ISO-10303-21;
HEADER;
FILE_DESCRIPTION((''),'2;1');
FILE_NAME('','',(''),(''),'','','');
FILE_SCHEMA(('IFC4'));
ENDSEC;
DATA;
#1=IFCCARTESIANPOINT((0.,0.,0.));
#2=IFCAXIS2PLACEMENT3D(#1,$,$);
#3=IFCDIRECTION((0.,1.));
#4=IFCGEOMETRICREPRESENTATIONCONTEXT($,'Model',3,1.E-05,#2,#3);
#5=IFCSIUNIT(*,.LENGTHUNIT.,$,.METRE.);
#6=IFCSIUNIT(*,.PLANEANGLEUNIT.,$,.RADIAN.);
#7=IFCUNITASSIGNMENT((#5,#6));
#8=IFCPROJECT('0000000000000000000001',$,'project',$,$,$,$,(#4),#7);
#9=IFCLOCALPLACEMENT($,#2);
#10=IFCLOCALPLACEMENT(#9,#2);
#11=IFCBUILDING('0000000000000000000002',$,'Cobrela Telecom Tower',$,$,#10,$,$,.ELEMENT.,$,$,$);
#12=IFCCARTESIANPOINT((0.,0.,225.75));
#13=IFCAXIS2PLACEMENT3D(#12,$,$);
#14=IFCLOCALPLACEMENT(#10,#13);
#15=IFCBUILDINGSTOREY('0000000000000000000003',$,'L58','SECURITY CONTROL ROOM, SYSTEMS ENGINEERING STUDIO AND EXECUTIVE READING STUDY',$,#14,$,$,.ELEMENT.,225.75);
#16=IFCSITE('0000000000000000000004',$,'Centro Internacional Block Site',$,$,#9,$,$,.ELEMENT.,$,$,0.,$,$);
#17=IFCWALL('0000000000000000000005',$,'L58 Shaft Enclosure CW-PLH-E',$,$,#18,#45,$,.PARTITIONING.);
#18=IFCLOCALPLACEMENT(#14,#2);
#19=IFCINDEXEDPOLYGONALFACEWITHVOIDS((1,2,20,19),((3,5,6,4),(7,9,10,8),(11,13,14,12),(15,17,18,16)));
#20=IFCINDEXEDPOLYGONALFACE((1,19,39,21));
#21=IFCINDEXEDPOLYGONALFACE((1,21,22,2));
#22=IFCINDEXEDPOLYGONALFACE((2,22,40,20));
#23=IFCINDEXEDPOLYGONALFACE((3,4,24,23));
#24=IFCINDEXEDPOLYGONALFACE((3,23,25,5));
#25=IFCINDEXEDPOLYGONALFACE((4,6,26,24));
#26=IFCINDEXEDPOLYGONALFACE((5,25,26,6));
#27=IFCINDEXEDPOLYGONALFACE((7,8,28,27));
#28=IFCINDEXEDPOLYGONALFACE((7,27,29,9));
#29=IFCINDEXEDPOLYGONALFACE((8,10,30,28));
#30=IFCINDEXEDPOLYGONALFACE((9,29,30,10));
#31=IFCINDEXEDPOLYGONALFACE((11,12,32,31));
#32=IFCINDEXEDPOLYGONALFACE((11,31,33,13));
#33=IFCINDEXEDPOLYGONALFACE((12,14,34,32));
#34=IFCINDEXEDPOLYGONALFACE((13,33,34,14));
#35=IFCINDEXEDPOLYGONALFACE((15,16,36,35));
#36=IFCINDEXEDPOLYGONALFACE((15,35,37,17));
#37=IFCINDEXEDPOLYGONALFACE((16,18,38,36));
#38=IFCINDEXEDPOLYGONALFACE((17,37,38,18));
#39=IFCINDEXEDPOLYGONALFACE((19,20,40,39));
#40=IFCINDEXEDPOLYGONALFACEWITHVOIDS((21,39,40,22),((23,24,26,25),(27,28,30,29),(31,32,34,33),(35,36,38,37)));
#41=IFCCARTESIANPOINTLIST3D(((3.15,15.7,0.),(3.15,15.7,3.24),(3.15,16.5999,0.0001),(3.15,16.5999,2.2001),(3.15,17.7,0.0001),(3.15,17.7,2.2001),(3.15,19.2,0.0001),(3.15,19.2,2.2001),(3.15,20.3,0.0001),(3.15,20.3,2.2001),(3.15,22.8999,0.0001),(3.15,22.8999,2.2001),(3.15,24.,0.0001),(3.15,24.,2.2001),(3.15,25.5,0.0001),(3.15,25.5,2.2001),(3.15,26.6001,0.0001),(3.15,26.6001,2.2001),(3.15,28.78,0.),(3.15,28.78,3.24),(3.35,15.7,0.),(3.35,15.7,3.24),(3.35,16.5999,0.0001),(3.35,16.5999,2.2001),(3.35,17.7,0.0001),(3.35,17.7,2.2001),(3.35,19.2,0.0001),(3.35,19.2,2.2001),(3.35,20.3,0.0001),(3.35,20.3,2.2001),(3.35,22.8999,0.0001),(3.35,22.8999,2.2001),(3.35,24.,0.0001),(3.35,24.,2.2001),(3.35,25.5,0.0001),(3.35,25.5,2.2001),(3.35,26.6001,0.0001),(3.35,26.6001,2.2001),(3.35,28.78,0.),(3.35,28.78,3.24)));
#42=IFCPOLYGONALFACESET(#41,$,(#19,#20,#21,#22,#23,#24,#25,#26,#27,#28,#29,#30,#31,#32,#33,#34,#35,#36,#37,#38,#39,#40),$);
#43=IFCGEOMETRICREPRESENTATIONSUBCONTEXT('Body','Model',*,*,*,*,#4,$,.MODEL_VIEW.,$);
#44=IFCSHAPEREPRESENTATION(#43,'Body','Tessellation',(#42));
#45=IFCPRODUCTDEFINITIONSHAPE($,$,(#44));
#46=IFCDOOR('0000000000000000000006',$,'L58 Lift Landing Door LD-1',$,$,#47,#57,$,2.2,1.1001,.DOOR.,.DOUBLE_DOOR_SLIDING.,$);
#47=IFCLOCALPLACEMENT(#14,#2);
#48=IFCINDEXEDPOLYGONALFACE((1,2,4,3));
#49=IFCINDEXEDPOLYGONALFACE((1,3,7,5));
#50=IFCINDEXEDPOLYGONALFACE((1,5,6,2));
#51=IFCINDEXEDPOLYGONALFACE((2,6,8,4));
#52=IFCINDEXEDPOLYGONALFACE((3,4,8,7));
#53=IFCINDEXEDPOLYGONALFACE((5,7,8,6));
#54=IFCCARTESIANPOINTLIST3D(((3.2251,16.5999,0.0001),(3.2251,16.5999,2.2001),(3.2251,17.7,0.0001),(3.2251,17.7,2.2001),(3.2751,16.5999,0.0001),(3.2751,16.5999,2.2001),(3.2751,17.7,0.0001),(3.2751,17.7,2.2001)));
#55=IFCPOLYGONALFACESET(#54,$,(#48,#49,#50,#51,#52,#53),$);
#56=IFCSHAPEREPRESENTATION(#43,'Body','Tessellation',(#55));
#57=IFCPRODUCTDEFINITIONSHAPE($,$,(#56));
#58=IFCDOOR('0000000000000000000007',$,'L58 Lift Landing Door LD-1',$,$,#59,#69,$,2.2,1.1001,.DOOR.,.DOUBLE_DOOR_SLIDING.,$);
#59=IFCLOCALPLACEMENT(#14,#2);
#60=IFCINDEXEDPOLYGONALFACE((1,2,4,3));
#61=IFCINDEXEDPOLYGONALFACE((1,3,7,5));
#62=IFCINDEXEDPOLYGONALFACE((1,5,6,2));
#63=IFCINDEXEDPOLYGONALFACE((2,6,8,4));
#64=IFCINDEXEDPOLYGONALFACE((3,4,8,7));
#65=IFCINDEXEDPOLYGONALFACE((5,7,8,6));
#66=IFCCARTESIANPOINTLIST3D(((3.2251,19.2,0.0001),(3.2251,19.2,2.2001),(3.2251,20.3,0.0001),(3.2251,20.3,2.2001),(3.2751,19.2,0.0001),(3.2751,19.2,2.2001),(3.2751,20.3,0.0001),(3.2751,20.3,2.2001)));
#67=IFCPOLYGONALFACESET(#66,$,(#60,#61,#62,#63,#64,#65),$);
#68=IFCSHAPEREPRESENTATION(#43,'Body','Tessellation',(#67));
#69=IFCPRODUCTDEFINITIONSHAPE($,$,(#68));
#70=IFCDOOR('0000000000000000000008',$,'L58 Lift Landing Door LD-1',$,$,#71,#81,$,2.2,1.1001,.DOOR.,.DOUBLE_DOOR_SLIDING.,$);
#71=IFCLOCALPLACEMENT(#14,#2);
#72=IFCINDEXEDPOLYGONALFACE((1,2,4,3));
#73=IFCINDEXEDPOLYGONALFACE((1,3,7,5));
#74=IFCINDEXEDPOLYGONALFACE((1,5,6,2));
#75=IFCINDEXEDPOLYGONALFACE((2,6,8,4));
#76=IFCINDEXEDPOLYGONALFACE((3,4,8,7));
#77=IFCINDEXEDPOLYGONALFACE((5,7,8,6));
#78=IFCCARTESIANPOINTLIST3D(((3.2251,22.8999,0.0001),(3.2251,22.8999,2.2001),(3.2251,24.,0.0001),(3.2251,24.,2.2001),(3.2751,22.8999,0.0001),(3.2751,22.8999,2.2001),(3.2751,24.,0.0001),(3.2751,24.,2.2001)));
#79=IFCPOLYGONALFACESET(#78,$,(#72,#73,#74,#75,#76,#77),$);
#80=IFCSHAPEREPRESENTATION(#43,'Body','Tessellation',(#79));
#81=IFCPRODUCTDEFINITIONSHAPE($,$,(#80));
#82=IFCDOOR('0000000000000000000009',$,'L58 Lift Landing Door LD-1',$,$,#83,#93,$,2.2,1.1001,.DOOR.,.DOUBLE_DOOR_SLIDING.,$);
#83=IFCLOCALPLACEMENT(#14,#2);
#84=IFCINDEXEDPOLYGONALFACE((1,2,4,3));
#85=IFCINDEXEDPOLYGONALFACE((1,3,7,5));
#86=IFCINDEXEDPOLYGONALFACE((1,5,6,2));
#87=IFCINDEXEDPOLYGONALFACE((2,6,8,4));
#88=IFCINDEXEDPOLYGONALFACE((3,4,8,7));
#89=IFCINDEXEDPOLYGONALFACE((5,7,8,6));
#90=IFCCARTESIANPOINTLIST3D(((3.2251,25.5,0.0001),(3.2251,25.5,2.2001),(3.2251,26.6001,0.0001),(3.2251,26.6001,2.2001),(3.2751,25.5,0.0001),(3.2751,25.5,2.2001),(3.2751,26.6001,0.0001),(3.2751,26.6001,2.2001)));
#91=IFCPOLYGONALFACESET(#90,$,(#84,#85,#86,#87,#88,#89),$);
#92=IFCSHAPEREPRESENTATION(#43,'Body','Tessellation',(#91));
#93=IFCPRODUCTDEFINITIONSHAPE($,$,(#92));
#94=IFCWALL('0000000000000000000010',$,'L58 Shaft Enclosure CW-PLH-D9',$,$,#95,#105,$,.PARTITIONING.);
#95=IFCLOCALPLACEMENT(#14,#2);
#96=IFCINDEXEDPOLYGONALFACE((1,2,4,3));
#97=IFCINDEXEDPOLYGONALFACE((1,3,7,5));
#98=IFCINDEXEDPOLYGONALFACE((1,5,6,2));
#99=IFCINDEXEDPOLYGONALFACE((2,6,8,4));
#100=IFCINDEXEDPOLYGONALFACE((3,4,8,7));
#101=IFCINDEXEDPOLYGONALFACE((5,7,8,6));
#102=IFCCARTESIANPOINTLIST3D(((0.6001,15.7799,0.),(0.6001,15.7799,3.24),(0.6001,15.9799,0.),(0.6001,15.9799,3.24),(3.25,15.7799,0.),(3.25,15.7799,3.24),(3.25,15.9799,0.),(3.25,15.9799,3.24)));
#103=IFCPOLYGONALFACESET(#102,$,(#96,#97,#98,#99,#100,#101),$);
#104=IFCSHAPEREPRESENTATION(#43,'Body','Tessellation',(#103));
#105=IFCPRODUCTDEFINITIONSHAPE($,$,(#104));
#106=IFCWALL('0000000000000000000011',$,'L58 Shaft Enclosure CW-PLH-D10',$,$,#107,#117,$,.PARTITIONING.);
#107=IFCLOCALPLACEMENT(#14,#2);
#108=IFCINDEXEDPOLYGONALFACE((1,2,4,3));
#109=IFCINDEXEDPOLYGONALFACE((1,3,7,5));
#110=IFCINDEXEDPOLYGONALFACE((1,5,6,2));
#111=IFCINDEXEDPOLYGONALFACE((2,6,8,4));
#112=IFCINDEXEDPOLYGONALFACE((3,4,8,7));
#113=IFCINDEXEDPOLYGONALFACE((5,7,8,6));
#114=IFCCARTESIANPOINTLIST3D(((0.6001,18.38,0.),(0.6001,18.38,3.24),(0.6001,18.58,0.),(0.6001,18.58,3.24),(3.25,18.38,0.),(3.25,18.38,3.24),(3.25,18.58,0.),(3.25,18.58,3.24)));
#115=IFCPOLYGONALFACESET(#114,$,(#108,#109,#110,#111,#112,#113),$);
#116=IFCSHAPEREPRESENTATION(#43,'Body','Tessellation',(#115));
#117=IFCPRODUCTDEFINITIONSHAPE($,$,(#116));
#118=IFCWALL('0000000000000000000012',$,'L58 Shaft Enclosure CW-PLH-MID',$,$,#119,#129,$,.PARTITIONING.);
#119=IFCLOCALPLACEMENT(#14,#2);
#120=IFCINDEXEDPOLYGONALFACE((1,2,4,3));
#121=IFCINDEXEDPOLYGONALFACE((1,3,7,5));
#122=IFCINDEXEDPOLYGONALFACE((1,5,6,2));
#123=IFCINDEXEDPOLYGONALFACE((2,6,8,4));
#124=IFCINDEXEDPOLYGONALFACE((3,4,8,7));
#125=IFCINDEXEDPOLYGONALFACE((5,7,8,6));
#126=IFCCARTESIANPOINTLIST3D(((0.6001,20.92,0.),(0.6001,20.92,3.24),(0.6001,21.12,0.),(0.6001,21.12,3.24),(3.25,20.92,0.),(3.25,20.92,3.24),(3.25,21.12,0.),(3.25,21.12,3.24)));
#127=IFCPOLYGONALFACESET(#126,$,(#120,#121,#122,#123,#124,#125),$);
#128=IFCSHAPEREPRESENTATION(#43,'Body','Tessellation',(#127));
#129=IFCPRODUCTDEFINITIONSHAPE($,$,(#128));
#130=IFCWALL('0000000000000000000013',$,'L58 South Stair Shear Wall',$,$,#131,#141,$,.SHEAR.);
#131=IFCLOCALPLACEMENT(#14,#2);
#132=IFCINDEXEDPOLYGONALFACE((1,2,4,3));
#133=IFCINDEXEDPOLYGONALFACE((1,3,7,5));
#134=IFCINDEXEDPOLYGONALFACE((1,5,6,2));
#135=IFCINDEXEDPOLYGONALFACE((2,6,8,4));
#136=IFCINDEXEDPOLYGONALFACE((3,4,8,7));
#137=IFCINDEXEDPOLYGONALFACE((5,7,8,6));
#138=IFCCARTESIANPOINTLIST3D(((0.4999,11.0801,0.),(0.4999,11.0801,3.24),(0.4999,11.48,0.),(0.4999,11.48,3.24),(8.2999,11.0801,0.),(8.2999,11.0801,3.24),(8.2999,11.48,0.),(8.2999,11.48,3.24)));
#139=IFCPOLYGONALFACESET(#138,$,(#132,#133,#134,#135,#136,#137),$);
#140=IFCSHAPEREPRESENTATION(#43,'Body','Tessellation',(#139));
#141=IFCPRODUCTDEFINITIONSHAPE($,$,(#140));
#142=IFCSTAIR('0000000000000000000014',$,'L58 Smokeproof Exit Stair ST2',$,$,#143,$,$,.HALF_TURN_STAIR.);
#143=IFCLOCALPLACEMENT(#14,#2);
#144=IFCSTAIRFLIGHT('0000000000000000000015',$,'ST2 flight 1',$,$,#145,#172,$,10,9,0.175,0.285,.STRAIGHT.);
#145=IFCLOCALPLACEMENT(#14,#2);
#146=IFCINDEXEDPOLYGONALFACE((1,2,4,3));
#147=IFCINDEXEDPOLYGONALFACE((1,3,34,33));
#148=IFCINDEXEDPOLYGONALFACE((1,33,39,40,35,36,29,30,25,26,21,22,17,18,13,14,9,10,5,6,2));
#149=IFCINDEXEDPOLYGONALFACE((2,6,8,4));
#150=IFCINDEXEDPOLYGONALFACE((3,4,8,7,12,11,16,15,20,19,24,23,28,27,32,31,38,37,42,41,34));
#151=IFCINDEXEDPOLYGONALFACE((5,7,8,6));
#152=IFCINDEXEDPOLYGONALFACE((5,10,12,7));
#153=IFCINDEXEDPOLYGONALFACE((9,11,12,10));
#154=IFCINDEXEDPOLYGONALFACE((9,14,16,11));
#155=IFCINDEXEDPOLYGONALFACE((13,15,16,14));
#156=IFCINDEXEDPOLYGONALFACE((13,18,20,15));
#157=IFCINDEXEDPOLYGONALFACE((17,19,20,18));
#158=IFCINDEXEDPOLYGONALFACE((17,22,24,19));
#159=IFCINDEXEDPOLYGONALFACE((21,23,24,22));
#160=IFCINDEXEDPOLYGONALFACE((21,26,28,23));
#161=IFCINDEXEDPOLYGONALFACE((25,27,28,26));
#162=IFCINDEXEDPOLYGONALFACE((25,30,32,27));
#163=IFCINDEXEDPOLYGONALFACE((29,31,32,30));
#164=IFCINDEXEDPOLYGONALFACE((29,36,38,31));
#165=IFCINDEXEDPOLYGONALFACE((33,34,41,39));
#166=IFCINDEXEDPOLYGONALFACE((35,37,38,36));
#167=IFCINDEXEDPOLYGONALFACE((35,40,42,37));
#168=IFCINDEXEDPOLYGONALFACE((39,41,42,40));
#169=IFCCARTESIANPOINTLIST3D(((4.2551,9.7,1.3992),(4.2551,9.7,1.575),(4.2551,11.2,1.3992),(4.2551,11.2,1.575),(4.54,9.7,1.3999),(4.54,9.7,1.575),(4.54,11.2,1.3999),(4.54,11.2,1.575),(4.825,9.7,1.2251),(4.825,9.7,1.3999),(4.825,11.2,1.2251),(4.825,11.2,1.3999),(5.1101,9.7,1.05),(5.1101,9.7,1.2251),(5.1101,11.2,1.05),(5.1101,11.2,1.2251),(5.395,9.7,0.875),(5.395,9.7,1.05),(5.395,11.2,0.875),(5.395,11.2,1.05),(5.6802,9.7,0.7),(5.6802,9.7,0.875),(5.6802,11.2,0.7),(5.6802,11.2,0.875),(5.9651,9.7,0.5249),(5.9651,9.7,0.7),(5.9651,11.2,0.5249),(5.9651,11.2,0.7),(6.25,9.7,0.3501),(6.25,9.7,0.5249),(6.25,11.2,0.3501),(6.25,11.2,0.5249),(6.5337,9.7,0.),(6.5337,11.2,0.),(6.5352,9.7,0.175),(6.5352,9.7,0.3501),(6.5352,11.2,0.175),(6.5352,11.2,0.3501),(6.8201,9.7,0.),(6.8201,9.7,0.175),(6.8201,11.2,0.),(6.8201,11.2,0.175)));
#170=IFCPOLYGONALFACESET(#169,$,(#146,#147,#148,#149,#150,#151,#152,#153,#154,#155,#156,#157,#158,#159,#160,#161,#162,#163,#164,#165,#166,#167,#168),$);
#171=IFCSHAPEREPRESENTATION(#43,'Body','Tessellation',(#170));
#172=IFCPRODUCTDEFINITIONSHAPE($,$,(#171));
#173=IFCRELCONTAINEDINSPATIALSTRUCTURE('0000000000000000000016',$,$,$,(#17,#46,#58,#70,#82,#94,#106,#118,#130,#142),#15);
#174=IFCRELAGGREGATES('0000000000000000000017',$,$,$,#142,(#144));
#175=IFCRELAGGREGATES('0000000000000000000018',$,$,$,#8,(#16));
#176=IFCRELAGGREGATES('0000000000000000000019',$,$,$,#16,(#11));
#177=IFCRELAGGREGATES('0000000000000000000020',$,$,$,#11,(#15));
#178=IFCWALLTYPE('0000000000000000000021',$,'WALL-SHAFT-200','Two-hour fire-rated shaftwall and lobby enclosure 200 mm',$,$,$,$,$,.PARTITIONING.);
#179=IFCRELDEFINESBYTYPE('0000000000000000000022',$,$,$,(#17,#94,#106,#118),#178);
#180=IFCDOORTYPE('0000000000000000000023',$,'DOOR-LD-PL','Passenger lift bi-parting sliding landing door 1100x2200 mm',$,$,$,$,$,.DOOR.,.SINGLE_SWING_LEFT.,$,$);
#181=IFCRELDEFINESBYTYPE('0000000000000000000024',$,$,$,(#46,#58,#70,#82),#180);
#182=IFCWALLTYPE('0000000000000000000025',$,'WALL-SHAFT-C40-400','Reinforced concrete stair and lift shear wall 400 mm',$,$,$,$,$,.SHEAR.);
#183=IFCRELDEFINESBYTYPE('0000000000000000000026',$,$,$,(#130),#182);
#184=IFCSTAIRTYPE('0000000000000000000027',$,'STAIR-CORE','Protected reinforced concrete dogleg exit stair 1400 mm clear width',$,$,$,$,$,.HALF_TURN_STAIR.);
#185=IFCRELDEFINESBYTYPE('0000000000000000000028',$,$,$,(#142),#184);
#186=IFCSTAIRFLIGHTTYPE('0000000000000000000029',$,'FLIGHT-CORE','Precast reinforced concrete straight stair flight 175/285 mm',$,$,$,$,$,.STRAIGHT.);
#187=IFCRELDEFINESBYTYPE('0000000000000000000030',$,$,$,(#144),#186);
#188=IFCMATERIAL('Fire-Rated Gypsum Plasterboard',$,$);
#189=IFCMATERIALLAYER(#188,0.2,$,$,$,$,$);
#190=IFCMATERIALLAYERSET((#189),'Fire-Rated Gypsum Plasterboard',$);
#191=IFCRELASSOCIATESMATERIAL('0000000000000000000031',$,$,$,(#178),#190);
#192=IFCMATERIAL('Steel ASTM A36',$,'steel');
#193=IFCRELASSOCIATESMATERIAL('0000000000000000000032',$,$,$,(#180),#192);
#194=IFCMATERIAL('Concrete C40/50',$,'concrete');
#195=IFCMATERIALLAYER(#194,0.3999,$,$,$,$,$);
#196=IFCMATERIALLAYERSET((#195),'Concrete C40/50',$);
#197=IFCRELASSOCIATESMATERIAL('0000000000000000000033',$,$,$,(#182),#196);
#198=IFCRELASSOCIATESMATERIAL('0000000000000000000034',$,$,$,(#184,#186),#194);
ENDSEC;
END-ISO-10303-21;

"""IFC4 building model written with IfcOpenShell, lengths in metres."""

from ifc_helpers import new_model, si_unit, direction, frame, frame_2d, origin, place, context, subcontext, project, spatial, polyline, rectangle, outline, extrude, material, layer, layer_set, type_object, element, fill, aggregate, save


model = new_model("IFC4")

# Units and contexts
model_context = context("Model", 3, precision=1e-05, world=origin(), true_north=direction((0.0, 1.0)))
body_context = subcontext(model_context, "Body", "Model", "MODEL_VIEW")
ifc_project = project(units=[si_unit("LENGTHUNIT", "METRE"), si_unit("PLANEANGLEUNIT", "RADIAN")], contexts=[model_context])

# Site, building, storey
site_placement = place(None, origin())
site = spatial("IfcSite", under=ifc_project, at=site_placement, Name="Centro Internacional Block Site", CompositionType="ELEMENT", RefElevation=0.0)
building_placement = place(site_placement, origin())
building = spatial("IfcBuilding", under=site, at=building_placement, Name="Cobrela Telecom Tower", CompositionType="ELEMENT")
storey_placement = place(building_placement, frame((0.0, 0.0, 225.75)))
storey = spatial("IfcBuildingStorey", under=building, at=storey_placement, Name="L58", Description="SECURITY CONTROL ROOM, SYSTEMS ENGINEERING STUDIO AND EXECUTIVE READING STUDY", CompositionType="ELEMENT", Elevation=225.75)

# Shared definitions
ifc_material_1 = material(Name="Fire-Rated Gypsum Plasterboard")

# Wall, openings, doors
ifc_layer_1 = layer(ifc_material_1, 0.2)
ifc_layer_set_1 = layer_set([ifc_layer_1], Name="Fire-Rated Gypsum Plasterboard")
wall_type_1 = type_object("IfcWallType", Name="WALL-SHAFT-200", Description="Two-hour fire-rated shaftwall and lobby enclosure 200 mm", PredefinedType="PARTITIONING", material=ifc_layer_set_1)
wall_1_placement = place(storey_placement, frame((3.25, 15.7, 0.0), z_axis=(0.0, 0.0, 1.0), x_axis=(0.0, 1.0, 0.0)))
wall_1 = element("IfcWall", 1, at=wall_1_placement, inside=storey, type_object=wall_type_1, Name="L58 Shaft Enclosure CW-PLH-E", PredefinedType="PARTITIONING", context=body_context, shape_type="SweptSolid", body=[
    extrude(rectangle(XDim=13.0801, YDim=0.2, at=frame_2d((6.54, 0.0))), origin(), (0.0, 0.0, 1.0), 3.24),
])
opening_1_placement = place(wall_1_placement, frame((0.8999, 0.0, 0.0)))
opening_1 = element("IfcOpeningElement", 2, at=opening_1_placement, cuts=wall_1, PredefinedType="OPENING", context=body_context, shape_type="SweptSolid", body=[
    extrude(rectangle(XDim=1.1001, YDim=2.2, at=frame_2d((0.55, 1.1001))), frame((0.0, 0.1118, 0.0), z_axis=(0.0, -1.0, 0.0), x_axis=(1.0, 0.0, 0.0)), (0.0, 0.0, 1.0), 0.2239),
])
opening_2_placement = place(wall_1_placement, frame((3.5, 0.0, 0.0)))
opening_2 = element("IfcOpeningElement", 3, at=opening_2_placement, cuts=wall_1, PredefinedType="OPENING", context=body_context, shape_type="SweptSolid", body=[
    extrude(rectangle(XDim=1.1001, YDim=2.2, at=frame_2d((0.55, 1.1001))), frame((0.0, 0.1118, 0.0), z_axis=(0.0, -1.0, 0.0), x_axis=(1.0, 0.0, 0.0)), (0.0, 0.0, 1.0), 0.2239),
])
opening_3_placement = place(wall_1_placement, frame((7.2, 0.0, 0.0)))
opening_3 = element("IfcOpeningElement", 4, at=opening_3_placement, cuts=wall_1, PredefinedType="OPENING", context=body_context, shape_type="SweptSolid", body=[
    extrude(rectangle(XDim=1.1001, YDim=2.2, at=frame_2d((0.55, 1.1001))), frame((0.0, 0.1118, 0.0), z_axis=(0.0, -1.0, 0.0), x_axis=(1.0, 0.0, 0.0)), (0.0, 0.0, 1.0), 0.2239),
])
opening_4_placement = place(wall_1_placement, frame((9.8, 0.0, 0.0)))
opening_4 = element("IfcOpeningElement", 5, at=opening_4_placement, cuts=wall_1, PredefinedType="OPENING", context=body_context, shape_type="SweptSolid", body=[
    extrude(rectangle(XDim=1.1001, YDim=2.2, at=frame_2d((0.55, 1.1001))), frame((0.0, 0.1118, 0.0), z_axis=(0.0, -1.0, 0.0), x_axis=(1.0, 0.0, 0.0)), (0.0, 0.0, 1.0), 0.2239),
])
ifc_material_2 = material(Name="Steel ASTM A36", Category="steel")
door_type_1 = type_object("IfcDoorType", Name="DOOR-LD-PL", Description="Passenger lift bi-parting sliding landing door 1100x2200 mm", OperationType="SINGLE_SWING_LEFT", PredefinedType="DOOR", material=ifc_material_2)
door_1_placement = place(opening_1_placement, origin())
door_1 = element("IfcDoor", 6, at=door_1_placement, inside=storey, type_object=door_type_1, Name="L58 Lift Landing Door LD-1", OperationType="DOUBLE_DOOR_SLIDING", OverallHeight=2.2, OverallWidth=1.1001, PredefinedType="DOOR", context=body_context, shape_type="SweptSolid", body=[
    extrude(rectangle(XDim=1.1001, YDim=2.2, at=frame_2d((0.55, 1.1001))), frame((0.0, 0.0249, 0.0), z_axis=(0.0, -1.0, 0.0), x_axis=(1.0, 0.0, 0.0)), (0.0, 0.0, 1.0), 0.05),
])
fill(opening_1, door_1)
door_2_placement = place(opening_2_placement, origin())
door_2 = element("IfcDoor", 7, at=door_2_placement, inside=storey, type_object=door_type_1, Name="L58 Lift Landing Door LD-1", OperationType="DOUBLE_DOOR_SLIDING", OverallHeight=2.2, OverallWidth=1.1001, PredefinedType="DOOR", context=body_context, shape_type="SweptSolid", body=[
    extrude(rectangle(XDim=1.1001, YDim=2.2, at=frame_2d((0.55, 1.1001))), frame((0.0, 0.0249, 0.0), z_axis=(0.0, -1.0, 0.0), x_axis=(1.0, 0.0, 0.0)), (0.0, 0.0, 1.0), 0.05),
])
fill(opening_2, door_2)
door_3_placement = place(opening_3_placement, origin())
door_3 = element("IfcDoor", 8, at=door_3_placement, inside=storey, type_object=door_type_1, Name="L58 Lift Landing Door LD-1", OperationType="DOUBLE_DOOR_SLIDING", OverallHeight=2.2, OverallWidth=1.1001, PredefinedType="DOOR", context=body_context, shape_type="SweptSolid", body=[
    extrude(rectangle(XDim=1.1001, YDim=2.2, at=frame_2d((0.55, 1.1001))), frame((0.0, 0.0249, 0.0), z_axis=(0.0, -1.0, 0.0), x_axis=(1.0, 0.0, 0.0)), (0.0, 0.0, 1.0), 0.05),
])
fill(opening_3, door_3)
door_4_placement = place(opening_4_placement, origin())
door_4 = element("IfcDoor", 9, at=door_4_placement, inside=storey, type_object=door_type_1, Name="L58 Lift Landing Door LD-1", OperationType="DOUBLE_DOOR_SLIDING", OverallHeight=2.2, OverallWidth=1.1001, PredefinedType="DOOR", context=body_context, shape_type="SweptSolid", body=[
    extrude(rectangle(XDim=1.1001, YDim=2.2, at=frame_2d((0.55, 1.1001))), frame((0.0, 0.0249, 0.0), z_axis=(0.0, -1.0, 0.0), x_axis=(1.0, 0.0, 0.0)), (0.0, 0.0, 1.0), 0.05),
])
fill(opening_4, door_4)

# Walls
for number, where, z_axis, x_axis, name in (
    (10, (0.6001, 15.8799, 0.0), (0.0, 0.0, 1.0), (1.0, 0.0, 0.0), "L58 Shaft Enclosure CW-PLH-D9"),
    (11, (0.6001, 18.48, 0.0), (0.0, 0.0, 1.0), (1.0, 0.0, 0.0), "L58 Shaft Enclosure CW-PLH-D10"),
    (12, (0.6001, 21.02, 0.0), (0.0, 0.0, 1.0), (1.0, 0.0, 0.0), "L58 Shaft Enclosure CW-PLH-MID"),
):
    element("IfcWall", number, at=place(storey_placement, frame(where, z_axis=z_axis, x_axis=x_axis)), inside=storey, type_object=wall_type_1, Name=name, PredefinedType="PARTITIONING", context=body_context, shape_type="SweptSolid", body=[
        extrude(rectangle(XDim=2.6499, YDim=0.2, at=frame_2d((1.325, 0.0))), origin(), (0.0, 0.0, 1.0), 3.24),
    ])
ifc_material_3 = material(Name="Concrete C40/50", Category="concrete")
ifc_layer_2 = layer(ifc_material_3, 0.3999)
ifc_layer_set_2 = layer_set([ifc_layer_2], Name="Concrete C40/50")
wall_type_2 = type_object("IfcWallType", Name="WALL-SHAFT-C40-400", Description="Reinforced concrete stair and lift shear wall 400 mm", PredefinedType="SHEAR", material=ifc_layer_set_2)
wall_2_placement = place(storey_placement, frame((0.5, 11.28, 0.0), z_axis=(0.0, 0.0, 1.0), x_axis=(1.0, 0.0, 0.0)))
element("IfcWall", 13, at=wall_2_placement, inside=storey, type_object=wall_type_2, Name="L58 South Stair Shear Wall", PredefinedType="SHEAR", context=body_context, shape_type="SweptSolid", body=[
    extrude(rectangle(XDim=7.8, YDim=0.3999, at=frame_2d((3.8999, 0.0))), origin(), (0.0, 0.0, 1.0), 3.24),
])

# Stair, stair flight
stair_type = type_object("IfcStairType", Name="STAIR-CORE", Description="Protected reinforced concrete dogleg exit stair 1400 mm clear width", PredefinedType="HALF_TURN_STAIR", material=ifc_material_3)
stair_placement = place(storey_placement, origin())
stair = element("IfcStair", 14, at=stair_placement, inside=storey, type_object=stair_type, Name="L58 Smokeproof Exit Stair ST2", PredefinedType="HALF_TURN_STAIR")
stair_flight_type = type_object("IfcStairFlightType", Name="FLIGHT-CORE", Description="Precast reinforced concrete straight stair flight 175/285 mm", PredefinedType="STRAIGHT", material=ifc_material_3)
stair_flight_1_placement = place(storey_placement, frame((6.8201, 10.45, 0.0), z_axis=(0.0, 0.0, 1.0), x_axis=(-1.0, 0.0, 0.0)))
stair_flight_1 = element("IfcStairFlight", 15, at=stair_flight_1_placement, type_object=stair_flight_type, Name="ST2 flight 1", NumberOfRisers=10, NumberOfTreads=9, PredefinedType="STRAIGHT", RiserHeight=0.175, TreadLength=0.285, context=body_context, shape_type="SweptSolid", body=[
    extrude(outline(polyline([(0.0, 0.0), (0.0, 0.175), (0.2849, 0.175), (0.2849, 0.3501), (0.5701, 0.3501), (0.5701, 0.5249), (0.855, 0.5249), (0.855, 0.7), (1.1399, 0.7), (1.1399, 0.875), (1.425, 0.875), (1.425, 1.05), (1.71, 1.05), (1.71, 1.2251), (1.9951, 1.2251), (1.9951, 1.3999), (2.28, 1.3999), (2.28, 1.575), (2.5649, 1.575), (2.5649, 1.75), (2.5649, 1.3992), (0.2864, 0.0), (0.0, 0.0)])), frame((0.0, 0.75, 0.0), z_axis=(0.0, -1.0, 0.0), x_axis=(1.0, 0.0, 0.0)), (0.0, 0.0, 1.0), 1.5),
])
aggregate(stair, [stair_flight_1])

save(model, "model.ifc")
